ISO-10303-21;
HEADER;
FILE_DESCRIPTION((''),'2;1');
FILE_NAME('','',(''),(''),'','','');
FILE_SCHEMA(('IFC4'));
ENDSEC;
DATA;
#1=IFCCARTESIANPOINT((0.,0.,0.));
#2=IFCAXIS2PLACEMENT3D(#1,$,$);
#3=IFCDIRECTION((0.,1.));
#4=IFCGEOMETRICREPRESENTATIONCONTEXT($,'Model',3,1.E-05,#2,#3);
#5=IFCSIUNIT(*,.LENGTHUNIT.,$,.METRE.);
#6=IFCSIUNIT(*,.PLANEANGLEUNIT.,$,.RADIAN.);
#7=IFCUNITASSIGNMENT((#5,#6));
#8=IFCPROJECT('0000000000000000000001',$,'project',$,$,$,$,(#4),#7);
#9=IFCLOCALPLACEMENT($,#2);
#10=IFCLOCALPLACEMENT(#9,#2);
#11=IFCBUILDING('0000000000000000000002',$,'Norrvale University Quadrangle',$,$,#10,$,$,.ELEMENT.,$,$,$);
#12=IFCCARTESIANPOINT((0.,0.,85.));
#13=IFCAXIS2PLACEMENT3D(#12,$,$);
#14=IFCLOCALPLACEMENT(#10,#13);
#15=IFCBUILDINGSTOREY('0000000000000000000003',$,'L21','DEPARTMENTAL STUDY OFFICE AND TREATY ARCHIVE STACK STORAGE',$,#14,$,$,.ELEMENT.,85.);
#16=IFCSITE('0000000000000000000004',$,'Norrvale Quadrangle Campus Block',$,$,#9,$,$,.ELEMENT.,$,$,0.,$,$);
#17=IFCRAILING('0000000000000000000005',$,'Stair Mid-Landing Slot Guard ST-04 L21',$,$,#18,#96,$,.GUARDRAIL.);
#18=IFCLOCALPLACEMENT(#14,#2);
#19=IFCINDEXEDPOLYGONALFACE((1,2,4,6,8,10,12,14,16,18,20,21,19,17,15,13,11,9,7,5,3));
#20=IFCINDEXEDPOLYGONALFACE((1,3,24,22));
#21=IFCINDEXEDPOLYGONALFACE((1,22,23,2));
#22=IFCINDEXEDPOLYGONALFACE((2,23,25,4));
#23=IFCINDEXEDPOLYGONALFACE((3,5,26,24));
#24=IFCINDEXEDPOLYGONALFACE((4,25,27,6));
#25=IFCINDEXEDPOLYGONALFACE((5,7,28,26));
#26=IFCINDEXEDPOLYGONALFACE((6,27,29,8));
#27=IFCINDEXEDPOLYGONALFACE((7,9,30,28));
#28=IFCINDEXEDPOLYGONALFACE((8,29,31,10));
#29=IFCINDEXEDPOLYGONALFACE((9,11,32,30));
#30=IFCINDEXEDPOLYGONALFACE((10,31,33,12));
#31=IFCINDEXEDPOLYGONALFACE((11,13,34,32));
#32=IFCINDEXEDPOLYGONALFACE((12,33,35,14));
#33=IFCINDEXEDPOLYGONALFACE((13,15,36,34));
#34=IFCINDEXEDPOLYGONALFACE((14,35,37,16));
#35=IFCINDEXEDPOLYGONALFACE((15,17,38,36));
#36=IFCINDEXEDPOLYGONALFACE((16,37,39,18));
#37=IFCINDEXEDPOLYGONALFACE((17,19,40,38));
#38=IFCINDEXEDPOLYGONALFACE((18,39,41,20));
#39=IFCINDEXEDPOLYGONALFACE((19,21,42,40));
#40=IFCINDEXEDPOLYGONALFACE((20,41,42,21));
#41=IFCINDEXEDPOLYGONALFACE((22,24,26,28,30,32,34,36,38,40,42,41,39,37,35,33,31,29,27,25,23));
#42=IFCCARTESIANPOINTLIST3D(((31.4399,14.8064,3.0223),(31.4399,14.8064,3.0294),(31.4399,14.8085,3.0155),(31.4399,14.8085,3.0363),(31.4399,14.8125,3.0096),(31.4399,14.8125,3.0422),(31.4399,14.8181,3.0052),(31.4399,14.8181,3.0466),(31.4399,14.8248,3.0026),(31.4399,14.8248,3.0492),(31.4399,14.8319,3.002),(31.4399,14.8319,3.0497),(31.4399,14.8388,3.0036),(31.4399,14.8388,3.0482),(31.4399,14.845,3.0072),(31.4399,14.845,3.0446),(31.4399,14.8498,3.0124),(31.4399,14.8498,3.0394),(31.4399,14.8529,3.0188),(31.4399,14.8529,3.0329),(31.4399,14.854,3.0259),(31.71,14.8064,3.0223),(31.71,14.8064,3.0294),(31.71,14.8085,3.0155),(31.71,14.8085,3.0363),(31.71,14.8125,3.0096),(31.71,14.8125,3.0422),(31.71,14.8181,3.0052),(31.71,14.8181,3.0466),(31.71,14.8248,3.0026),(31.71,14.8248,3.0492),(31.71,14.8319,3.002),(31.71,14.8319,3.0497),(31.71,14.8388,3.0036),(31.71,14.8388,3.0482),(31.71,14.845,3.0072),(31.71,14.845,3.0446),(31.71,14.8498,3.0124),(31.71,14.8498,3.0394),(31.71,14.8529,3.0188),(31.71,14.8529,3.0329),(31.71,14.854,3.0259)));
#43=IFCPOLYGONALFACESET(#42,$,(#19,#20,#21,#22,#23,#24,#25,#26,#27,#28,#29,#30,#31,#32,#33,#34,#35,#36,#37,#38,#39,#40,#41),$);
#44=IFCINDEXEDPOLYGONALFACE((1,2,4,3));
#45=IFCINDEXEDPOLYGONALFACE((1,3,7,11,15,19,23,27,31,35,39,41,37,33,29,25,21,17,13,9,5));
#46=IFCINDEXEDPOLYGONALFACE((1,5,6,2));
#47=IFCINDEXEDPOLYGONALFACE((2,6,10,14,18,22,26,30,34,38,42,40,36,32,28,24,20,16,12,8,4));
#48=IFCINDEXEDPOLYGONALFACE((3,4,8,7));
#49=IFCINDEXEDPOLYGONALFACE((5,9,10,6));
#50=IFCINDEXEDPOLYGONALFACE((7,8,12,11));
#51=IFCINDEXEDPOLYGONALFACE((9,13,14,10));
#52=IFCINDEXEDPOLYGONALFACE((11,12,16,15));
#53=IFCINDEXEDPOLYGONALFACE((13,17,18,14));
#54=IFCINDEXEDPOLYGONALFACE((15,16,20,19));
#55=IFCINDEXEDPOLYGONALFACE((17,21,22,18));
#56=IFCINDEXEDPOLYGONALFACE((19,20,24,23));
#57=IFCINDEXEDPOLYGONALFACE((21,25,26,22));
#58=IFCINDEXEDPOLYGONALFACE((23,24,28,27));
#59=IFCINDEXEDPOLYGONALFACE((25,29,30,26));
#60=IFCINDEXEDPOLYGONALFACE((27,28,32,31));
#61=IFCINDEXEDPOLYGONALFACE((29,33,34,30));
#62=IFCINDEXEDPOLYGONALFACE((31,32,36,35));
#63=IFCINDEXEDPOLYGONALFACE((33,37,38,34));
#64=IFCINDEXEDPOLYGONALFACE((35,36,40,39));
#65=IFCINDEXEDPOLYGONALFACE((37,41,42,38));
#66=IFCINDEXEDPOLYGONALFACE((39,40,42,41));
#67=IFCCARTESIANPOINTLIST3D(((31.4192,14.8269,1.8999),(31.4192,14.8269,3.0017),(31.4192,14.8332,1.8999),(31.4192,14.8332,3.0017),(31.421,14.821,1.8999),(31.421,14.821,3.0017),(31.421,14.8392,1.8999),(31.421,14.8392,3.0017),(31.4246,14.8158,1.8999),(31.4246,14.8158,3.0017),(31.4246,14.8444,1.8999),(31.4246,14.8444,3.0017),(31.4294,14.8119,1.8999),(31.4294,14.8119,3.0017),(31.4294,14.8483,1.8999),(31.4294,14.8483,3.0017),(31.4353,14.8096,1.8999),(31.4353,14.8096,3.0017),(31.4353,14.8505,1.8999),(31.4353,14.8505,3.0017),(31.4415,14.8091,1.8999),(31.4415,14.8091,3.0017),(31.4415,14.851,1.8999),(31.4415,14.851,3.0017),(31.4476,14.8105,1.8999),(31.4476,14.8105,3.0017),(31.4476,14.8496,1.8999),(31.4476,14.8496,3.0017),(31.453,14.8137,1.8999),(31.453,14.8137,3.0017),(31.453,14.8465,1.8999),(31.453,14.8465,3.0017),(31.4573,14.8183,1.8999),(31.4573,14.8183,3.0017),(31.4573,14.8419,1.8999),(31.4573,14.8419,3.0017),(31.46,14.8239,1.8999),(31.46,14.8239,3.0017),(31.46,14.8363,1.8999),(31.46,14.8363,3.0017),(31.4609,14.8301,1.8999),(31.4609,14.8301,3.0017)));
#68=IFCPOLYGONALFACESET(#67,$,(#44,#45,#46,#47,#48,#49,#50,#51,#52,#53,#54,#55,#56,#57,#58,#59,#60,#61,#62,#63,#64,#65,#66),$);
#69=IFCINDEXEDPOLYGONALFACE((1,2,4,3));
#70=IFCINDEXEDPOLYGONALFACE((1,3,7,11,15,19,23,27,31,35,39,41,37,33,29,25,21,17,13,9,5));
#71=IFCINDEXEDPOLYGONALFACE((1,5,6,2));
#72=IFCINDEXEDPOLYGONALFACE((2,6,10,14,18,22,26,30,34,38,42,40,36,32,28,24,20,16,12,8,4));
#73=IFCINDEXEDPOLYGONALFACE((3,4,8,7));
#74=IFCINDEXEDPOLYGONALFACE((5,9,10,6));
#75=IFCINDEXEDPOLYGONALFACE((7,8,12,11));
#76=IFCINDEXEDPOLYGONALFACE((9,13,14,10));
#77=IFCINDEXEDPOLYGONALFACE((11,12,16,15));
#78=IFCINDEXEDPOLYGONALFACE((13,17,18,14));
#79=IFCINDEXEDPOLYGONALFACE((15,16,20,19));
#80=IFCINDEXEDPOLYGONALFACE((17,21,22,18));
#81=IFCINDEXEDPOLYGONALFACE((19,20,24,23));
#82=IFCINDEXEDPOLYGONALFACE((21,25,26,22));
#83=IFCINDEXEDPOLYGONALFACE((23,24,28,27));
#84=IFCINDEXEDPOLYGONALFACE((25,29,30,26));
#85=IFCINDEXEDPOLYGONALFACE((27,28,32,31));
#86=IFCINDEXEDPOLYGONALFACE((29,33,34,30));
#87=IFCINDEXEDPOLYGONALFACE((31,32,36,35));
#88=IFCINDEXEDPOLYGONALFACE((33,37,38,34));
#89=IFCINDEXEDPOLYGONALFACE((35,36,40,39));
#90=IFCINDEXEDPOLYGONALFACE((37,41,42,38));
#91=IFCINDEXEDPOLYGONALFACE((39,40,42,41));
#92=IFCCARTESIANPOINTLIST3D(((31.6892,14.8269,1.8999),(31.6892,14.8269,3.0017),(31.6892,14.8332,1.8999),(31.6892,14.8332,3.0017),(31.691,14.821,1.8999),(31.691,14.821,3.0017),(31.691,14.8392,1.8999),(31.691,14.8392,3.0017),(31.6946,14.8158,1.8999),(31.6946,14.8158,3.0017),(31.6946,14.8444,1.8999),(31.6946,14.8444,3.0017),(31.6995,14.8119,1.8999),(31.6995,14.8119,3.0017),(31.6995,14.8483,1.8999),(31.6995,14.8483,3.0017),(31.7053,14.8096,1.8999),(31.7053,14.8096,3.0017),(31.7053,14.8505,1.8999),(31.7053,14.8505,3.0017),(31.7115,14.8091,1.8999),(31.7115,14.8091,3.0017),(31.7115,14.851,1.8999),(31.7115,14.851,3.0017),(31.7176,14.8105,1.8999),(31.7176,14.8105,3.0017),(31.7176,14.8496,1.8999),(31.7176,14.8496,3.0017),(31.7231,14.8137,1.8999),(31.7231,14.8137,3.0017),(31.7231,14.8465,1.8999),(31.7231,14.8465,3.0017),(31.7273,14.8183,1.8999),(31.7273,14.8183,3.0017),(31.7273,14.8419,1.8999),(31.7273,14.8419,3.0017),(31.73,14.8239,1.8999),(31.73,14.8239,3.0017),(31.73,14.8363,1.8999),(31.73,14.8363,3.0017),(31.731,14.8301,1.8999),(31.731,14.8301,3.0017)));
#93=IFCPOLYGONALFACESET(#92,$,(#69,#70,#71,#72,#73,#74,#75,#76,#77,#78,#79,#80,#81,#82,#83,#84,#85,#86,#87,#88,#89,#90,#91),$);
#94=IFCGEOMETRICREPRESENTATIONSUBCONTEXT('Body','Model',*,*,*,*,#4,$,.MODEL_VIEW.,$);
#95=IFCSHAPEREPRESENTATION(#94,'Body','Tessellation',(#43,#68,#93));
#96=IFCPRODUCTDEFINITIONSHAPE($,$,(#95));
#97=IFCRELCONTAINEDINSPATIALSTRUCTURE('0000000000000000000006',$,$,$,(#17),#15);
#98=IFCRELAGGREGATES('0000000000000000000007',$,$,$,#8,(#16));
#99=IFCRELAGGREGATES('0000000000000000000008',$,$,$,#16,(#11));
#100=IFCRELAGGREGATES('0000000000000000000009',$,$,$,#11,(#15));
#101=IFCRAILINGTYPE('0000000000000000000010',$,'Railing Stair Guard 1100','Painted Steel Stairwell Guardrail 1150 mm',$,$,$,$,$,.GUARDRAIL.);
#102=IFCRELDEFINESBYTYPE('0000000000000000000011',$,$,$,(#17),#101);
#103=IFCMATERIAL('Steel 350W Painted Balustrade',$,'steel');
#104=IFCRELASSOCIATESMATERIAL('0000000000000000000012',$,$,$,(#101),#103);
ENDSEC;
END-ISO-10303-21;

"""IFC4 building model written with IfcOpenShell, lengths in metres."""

from ifc_helpers import new_model, si_unit, direction, frame, origin, origin_2d, place, context, subcontext, project, spatial, circle, extrude, material, type_object, element, save


model = new_model("IFC4")

# Units and contexts
model_context = context("Model", 3, precision=1e-05, world=origin(), true_north=direction((0.0, 1.0)))
body_context = subcontext(model_context, "Body", "Model", "MODEL_VIEW")
ifc_project = project(units=[si_unit("LENGTHUNIT", "METRE"), si_unit("PLANEANGLEUNIT", "RADIAN")], contexts=[model_context])

# Site, building, storey
site_placement = place(None, origin())
site = spatial("IfcSite", under=ifc_project, at=site_placement, Name="Norrvale Quadrangle Campus Block", CompositionType="ELEMENT", RefElevation=0.0)
building_placement = place(site_placement, origin())
building = spatial("IfcBuilding", under=site, at=building_placement, Name="Norrvale University Quadrangle", CompositionType="ELEMENT")
storey_placement = place(building_placement, frame((0.0, 0.0, 85.0)))
storey = spatial("IfcBuildingStorey", under=building, at=storey_placement, Name="L21", Description="DEPARTMENTAL STUDY OFFICE AND TREATY ARCHIVE STACK STORAGE", CompositionType="ELEMENT", Elevation=85.0)

# Railing
ifc_material_1 = material(Name="Steel 350W Painted Balustrade", Category="steel")
railing_type_1 = type_object("IfcRailingType", Name="Railing Stair Guard 1100", Description="Painted Steel Stairwell Guardrail 1150 mm", PredefinedType="GUARDRAIL", material=ifc_material_1)
for number, where, name in (
    (1, (31.4399, 14.8301, 1.8999), "Stair Mid-Landing Slot Guard ST-04 L21"),
):
    element("IfcRailing", number, at=place(storey_placement, frame(where)), inside=storey, type_object=railing_type_1, Name=name, PredefinedType="GUARDRAIL", context=body_context, shape_type="SweptSolid", body=[
        extrude(circle(Radius=0.0239, at=origin_2d()), frame((0.0, 0.0, 1.126), z_axis=(1.0, 0.0, 0.0), x_axis=(0.0, 1.0, 0.0)), (0.0, 0.0, 1.0), 0.27),
        extrude(circle(Radius=0.021, at=origin_2d()), origin(), (0.0, 0.0, 1.0), 1.1018),
        extrude(circle(Radius=0.021, at=origin_2d()), frame((0.27, 0.0, 0.0)), (0.0, 0.0, 1.0), 1.1018),
    ])

save(model, "model.ifc")
